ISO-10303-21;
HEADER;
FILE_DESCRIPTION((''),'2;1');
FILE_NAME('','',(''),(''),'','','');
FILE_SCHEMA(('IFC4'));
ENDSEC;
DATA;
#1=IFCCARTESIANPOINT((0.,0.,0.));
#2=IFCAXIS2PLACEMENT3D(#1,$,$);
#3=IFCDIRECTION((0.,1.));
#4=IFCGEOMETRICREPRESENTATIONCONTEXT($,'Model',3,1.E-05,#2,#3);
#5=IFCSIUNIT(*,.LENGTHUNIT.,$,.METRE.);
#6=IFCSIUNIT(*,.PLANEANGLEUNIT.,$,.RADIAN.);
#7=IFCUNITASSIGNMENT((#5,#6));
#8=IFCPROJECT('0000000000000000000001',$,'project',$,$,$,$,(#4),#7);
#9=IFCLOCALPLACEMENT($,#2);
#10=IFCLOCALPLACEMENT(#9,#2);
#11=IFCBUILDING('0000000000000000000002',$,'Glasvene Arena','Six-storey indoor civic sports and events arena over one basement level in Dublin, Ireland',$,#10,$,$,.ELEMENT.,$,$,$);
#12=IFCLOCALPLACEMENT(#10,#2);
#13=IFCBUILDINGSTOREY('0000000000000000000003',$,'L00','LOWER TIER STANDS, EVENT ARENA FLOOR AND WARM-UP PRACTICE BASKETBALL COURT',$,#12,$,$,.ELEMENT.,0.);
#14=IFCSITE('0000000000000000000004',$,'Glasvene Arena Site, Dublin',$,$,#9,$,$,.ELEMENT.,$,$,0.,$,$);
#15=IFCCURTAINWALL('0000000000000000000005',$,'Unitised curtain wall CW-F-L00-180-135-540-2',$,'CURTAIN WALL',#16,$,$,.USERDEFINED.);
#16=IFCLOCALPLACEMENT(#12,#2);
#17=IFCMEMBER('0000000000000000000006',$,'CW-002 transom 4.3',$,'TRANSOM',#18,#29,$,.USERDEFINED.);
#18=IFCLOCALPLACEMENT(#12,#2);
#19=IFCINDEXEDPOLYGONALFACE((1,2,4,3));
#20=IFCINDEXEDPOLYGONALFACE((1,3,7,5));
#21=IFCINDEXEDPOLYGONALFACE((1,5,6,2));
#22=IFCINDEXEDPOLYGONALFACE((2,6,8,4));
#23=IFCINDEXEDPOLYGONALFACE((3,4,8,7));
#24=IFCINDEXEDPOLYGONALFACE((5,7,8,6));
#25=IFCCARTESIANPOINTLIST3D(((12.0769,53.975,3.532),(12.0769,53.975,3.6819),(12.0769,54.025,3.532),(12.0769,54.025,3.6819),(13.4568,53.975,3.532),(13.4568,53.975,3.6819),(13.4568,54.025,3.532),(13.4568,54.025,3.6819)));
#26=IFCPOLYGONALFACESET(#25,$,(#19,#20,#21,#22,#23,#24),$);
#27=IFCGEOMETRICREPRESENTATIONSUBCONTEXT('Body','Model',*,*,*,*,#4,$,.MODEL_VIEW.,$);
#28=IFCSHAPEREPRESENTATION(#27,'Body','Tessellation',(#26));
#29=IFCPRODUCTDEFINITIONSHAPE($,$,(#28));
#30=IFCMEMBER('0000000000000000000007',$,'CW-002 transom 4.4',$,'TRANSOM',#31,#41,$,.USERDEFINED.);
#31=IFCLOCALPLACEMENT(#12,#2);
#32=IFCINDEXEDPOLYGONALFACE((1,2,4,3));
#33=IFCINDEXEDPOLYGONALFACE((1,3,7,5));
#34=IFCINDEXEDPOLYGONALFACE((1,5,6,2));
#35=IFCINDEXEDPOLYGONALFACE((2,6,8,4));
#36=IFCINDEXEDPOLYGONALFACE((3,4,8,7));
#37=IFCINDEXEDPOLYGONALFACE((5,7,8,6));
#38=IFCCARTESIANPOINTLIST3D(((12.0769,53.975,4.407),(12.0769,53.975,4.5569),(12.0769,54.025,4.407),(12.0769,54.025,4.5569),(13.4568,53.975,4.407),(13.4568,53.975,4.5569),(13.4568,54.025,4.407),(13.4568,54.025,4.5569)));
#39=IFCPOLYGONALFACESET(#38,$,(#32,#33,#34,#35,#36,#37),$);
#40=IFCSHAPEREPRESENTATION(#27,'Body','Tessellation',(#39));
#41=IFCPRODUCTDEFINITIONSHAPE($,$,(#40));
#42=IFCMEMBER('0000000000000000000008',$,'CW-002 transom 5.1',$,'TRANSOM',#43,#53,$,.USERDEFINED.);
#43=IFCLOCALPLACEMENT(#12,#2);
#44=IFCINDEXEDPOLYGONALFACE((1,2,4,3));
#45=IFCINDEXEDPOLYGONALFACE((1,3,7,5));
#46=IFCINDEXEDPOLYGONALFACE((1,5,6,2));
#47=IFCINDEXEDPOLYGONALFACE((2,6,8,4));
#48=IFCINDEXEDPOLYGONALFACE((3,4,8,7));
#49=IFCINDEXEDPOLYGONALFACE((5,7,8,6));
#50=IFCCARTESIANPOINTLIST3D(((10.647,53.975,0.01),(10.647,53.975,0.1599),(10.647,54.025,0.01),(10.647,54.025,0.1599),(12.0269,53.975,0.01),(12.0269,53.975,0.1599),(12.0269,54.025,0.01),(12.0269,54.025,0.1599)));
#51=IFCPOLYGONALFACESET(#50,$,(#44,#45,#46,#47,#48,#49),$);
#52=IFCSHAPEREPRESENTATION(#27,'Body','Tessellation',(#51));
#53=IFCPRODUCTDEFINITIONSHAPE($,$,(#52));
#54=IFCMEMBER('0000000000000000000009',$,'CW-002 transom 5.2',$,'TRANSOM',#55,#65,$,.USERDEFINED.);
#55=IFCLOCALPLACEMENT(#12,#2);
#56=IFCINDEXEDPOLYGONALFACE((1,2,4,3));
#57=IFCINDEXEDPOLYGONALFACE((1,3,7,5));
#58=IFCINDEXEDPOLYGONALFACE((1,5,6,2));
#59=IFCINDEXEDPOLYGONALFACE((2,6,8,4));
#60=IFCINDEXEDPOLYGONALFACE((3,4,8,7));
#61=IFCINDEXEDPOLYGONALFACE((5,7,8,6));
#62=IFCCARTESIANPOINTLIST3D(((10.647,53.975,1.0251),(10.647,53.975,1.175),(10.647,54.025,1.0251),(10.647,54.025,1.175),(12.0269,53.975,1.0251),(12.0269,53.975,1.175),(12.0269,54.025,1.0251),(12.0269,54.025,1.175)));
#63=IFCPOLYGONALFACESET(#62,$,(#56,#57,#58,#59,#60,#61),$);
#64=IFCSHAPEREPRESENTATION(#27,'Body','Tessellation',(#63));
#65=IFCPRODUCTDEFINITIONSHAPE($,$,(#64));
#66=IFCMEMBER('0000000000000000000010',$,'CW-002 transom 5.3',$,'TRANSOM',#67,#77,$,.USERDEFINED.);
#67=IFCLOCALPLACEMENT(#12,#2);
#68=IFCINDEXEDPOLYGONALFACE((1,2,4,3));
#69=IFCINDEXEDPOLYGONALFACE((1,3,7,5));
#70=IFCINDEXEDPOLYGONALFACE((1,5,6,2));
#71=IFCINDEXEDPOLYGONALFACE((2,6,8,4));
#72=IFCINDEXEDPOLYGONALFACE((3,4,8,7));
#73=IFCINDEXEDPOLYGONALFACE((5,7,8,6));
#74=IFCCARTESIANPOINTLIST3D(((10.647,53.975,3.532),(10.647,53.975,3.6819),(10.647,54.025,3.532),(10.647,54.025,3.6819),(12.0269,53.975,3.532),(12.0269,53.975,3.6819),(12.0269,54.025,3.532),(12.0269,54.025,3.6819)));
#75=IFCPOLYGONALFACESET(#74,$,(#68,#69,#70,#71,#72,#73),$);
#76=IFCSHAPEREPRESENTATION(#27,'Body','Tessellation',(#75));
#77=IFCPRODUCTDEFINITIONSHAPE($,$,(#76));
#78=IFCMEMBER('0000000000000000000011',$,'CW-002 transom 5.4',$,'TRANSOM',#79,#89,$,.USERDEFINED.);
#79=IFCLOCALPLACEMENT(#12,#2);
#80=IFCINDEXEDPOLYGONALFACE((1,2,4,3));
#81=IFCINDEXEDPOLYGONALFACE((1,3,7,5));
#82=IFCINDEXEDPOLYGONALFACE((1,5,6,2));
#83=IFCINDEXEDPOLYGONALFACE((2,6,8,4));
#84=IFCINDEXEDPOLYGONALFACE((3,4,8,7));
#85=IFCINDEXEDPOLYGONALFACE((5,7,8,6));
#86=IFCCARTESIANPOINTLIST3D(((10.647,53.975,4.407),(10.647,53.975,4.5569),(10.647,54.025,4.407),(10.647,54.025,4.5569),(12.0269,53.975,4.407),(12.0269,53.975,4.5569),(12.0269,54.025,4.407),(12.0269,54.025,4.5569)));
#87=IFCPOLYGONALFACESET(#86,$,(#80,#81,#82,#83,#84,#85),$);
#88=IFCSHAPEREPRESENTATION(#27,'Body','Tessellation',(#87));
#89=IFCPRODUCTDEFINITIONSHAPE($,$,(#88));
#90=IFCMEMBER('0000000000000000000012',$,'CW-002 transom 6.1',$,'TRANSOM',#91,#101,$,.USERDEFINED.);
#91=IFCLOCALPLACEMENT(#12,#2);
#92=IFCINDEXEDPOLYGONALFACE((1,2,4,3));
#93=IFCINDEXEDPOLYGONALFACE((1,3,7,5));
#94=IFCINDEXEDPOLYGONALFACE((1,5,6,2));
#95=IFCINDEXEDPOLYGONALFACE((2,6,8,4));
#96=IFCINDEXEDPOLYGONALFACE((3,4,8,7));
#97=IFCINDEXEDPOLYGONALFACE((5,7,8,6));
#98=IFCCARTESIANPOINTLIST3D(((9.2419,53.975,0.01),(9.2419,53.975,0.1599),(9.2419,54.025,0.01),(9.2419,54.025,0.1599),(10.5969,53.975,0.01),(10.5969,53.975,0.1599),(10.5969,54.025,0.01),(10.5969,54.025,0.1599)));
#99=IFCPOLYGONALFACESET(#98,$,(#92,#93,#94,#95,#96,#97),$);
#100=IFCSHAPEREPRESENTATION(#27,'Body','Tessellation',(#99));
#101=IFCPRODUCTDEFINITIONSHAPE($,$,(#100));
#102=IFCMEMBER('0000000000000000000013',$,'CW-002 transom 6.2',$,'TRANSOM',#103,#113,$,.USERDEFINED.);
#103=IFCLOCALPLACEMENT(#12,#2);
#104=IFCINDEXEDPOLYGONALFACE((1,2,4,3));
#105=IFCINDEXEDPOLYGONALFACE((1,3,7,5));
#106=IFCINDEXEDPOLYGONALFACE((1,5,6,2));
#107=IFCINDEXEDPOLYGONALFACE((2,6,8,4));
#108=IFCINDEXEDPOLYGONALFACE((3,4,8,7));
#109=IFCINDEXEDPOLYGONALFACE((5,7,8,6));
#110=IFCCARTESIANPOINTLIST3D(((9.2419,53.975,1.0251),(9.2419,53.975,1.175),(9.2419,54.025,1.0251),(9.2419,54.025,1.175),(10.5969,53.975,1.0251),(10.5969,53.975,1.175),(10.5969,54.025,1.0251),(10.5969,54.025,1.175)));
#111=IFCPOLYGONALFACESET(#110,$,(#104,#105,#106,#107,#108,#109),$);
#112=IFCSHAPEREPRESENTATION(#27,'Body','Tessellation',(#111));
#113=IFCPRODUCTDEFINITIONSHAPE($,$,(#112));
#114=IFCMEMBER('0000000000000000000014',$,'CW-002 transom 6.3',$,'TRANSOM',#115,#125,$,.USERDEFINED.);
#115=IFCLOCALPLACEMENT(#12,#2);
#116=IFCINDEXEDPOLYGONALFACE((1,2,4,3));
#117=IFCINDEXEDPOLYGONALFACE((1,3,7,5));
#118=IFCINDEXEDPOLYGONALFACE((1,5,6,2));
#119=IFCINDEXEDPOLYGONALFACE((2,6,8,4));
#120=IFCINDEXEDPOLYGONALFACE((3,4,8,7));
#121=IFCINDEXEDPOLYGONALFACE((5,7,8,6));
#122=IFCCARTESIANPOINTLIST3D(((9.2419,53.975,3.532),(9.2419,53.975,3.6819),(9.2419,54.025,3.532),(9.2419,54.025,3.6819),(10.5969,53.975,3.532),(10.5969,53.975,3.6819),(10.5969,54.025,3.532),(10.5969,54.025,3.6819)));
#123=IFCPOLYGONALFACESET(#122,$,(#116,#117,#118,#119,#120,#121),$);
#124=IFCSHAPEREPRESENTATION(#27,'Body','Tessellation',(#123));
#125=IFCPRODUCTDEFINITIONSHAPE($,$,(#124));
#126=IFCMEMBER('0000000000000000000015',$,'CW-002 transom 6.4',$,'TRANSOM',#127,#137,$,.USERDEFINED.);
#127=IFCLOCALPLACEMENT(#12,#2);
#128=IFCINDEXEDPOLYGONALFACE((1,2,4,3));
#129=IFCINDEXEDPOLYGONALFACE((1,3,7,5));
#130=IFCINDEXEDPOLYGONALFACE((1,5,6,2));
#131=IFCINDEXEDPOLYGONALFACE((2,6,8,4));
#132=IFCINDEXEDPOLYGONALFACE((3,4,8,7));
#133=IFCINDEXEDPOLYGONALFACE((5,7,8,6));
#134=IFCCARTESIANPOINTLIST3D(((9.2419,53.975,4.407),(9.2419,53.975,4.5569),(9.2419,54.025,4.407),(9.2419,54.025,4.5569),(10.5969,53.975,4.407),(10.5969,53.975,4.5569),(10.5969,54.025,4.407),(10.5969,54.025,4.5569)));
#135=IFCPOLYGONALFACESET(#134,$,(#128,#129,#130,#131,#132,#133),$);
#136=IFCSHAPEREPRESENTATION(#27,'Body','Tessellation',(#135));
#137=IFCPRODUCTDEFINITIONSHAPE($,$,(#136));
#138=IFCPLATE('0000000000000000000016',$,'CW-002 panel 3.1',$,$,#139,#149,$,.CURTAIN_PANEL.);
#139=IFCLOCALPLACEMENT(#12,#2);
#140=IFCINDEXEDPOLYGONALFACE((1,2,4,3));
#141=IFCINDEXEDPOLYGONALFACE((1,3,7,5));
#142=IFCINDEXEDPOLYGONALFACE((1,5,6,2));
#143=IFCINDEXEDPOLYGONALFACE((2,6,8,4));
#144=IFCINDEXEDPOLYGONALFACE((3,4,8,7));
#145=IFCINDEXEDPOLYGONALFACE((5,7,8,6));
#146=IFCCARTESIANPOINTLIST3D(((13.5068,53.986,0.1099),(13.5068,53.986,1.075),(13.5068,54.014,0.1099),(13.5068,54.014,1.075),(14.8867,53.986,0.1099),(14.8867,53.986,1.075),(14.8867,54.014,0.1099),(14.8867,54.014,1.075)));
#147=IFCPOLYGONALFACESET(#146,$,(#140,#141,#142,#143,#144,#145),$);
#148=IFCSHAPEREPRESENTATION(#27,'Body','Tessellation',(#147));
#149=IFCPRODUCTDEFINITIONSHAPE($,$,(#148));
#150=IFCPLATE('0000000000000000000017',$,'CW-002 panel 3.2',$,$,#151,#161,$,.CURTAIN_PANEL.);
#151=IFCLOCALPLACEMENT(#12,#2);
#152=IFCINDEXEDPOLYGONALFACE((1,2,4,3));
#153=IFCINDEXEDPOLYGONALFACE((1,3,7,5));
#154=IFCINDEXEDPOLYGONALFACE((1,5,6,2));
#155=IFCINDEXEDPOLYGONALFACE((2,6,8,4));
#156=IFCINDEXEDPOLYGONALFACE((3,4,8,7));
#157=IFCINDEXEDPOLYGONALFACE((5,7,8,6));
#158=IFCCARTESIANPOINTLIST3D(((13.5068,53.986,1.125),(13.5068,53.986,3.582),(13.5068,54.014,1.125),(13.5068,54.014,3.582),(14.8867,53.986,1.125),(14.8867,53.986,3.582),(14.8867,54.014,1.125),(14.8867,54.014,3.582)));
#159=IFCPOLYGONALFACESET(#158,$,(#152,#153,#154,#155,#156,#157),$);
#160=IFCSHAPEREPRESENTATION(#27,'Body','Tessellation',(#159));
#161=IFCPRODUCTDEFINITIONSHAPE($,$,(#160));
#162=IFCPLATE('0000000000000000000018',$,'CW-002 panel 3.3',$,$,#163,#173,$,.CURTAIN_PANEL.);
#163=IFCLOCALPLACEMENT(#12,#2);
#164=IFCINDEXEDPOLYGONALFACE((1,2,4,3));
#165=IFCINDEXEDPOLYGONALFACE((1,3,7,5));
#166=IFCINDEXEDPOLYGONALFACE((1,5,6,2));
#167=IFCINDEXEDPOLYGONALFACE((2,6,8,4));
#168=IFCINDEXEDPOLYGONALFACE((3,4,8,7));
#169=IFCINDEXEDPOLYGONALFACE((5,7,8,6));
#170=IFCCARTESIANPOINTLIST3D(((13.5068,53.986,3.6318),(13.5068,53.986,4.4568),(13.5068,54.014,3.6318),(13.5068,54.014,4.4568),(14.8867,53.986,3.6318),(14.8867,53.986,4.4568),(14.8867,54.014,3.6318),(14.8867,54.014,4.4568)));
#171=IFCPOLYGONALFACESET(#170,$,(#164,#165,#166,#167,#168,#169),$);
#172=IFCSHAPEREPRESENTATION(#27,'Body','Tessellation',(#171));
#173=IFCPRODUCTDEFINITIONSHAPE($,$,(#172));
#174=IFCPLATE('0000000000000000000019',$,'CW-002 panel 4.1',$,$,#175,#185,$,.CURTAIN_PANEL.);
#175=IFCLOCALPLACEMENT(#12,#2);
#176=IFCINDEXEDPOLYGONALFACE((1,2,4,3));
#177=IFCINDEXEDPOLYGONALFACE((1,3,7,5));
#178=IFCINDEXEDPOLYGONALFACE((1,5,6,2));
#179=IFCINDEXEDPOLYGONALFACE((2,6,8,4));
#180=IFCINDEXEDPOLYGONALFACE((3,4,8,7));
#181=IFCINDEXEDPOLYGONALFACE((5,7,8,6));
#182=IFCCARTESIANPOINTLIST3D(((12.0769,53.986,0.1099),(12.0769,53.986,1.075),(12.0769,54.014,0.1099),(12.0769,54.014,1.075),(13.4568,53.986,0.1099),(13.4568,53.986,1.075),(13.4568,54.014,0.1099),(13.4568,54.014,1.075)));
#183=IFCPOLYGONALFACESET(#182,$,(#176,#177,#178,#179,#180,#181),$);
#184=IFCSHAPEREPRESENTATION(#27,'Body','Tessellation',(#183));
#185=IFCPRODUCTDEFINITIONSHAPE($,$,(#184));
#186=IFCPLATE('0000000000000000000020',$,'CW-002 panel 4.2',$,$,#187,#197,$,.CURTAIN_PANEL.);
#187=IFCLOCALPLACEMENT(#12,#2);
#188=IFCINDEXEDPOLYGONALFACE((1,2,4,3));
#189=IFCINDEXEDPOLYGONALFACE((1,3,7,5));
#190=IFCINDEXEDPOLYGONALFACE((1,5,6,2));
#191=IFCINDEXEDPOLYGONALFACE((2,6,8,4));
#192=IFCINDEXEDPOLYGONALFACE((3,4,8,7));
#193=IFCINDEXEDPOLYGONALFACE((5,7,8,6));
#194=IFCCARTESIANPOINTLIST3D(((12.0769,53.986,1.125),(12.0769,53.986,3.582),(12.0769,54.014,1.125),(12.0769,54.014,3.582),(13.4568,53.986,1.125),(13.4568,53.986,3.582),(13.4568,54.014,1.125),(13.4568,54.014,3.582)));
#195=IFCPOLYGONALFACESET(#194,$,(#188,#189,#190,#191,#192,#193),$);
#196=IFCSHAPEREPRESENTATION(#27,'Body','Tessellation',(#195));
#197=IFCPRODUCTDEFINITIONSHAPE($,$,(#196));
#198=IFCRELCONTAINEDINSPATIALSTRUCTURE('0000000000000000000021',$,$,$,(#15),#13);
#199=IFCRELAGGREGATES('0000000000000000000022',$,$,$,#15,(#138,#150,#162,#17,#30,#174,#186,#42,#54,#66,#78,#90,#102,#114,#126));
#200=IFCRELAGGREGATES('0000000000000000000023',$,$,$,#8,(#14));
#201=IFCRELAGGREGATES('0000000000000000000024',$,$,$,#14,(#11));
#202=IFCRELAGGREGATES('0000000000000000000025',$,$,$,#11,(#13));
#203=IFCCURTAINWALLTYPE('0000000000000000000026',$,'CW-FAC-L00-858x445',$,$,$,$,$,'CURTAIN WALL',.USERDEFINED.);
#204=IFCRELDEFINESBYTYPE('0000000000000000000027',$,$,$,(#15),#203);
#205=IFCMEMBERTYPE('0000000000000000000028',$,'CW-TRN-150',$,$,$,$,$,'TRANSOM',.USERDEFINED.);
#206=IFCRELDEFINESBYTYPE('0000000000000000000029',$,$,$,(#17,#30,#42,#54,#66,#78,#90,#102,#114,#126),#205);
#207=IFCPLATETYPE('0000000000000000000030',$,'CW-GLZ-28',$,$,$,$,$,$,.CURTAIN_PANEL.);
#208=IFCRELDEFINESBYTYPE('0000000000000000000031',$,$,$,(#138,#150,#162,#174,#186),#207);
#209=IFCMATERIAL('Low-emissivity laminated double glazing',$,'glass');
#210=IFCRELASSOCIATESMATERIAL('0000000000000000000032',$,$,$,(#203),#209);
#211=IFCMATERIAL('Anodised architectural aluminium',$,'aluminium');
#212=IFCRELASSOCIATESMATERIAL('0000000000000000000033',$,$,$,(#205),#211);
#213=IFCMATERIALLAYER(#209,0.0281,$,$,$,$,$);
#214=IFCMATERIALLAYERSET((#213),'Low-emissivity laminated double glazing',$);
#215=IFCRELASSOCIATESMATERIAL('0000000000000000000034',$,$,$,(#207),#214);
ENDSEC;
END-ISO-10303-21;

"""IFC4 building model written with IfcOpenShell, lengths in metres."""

from ifc_helpers import new_model, si_unit, direction, frame, origin, origin_2d, place, context, subcontext, project, spatial, rectangle, extrude, material, layer, layer_set, material_profile, profile_set, type_object, element, aggregate, save


model = new_model("IFC4")

# Units and contexts
model_context = context("Model", 3, precision=1e-05, world=origin(), true_north=direction((0.0, 1.0)))
body_context = subcontext(model_context, "Body", "Model", "MODEL_VIEW")
ifc_project = project(units=[si_unit("LENGTHUNIT", "METRE"), si_unit("PLANEANGLEUNIT", "RADIAN")], contexts=[model_context])

# Site, building, storey
site_placement = place(None, origin())
site = spatial("IfcSite", under=ifc_project, at=site_placement, Name="Glasvene Arena Site, Dublin", CompositionType="ELEMENT", RefElevation=0.0)
building_placement = place(site_placement, origin())
building = spatial("IfcBuilding", under=site, at=building_placement, Name="Glasvene Arena", Description="Six-storey indoor civic sports and events arena over one basement level in Dublin, Ireland", CompositionType="ELEMENT")
storey_placement = place(building_placement, origin())
storey = spatial("IfcBuildingStorey", under=building, at=storey_placement, Name="L00", Description="LOWER TIER STANDS, EVENT ARENA FLOOR AND WARM-UP PRACTICE BASKETBALL COURT", CompositionType="ELEMENT", Elevation=0.0)

# Curtain wall, members, plates
ifc_material_1 = material(Name="Low-emissivity laminated double glazing", Category="glass")
curtain_wall_type = type_object("IfcCurtainWallType", Name="CW-FAC-L00-858x445", ElementType="CURTAIN WALL", PredefinedType="USERDEFINED", material=ifc_material_1)
curtain_wall_placement = place(storey_placement, frame((17.7717, 54.0, 0.0)))
curtain_wall = element("IfcCurtainWall", 1, at=curtain_wall_placement, inside=storey, type_object=curtain_wall_type, Name="Unitised curtain wall CW-F-L00-180-135-540-2", ObjectType="CURTAIN WALL", PredefinedType="USERDEFINED")
ifc_material_2 = material(Name="Anodised architectural aluminium", Category="aluminium")
ifc_material_profile_1 = material_profile(ifc_material_2, rectangle(XDim=0.05, YDim=0.1499, at=origin_2d()), Name="ALU TRANSOM 50x150")
ifc_profile_set_1 = profile_set([ifc_material_profile_1], Name="Anodised architectural aluminium")
member_type_1 = type_object("IfcMemberType", Name="CW-TRN-150", ElementType="TRANSOM", PredefinedType="USERDEFINED", material=ifc_profile_set_1)
member_1_placement = place(storey_placement, frame((13.4568, 54.0, 3.6069), z_axis=(-1.0, 0.0, 0.0), x_axis=(0.0, -1.0, 0.0)))
member_1 = element("IfcMember", 2, at=member_1_placement, type_object=member_type_1, Name="CW-002 transom 4.3", ObjectType="TRANSOM", PredefinedType="USERDEFINED", context=body_context, shape_type="SweptSolid", body=[
    extrude(rectangle(XDim=0.05, YDim=0.1499, at=origin_2d()), origin(), (0.0, 0.0, 1.0), 1.3799),
])
member_2_placement = place(storey_placement, frame((13.4568, 54.0, 4.4819), z_axis=(-1.0, 0.0, 0.0), x_axis=(0.0, -1.0, 0.0)))
member_2 = element("IfcMember", 3, at=member_2_placement, type_object=member_type_1, Name="CW-002 transom 4.4", ObjectType="TRANSOM", PredefinedType="USERDEFINED", context=body_context, shape_type="SweptSolid", body=[
    extrude(rectangle(XDim=0.05, YDim=0.1499, at=origin_2d()), origin(), (0.0, 0.0, 1.0), 1.3799),
])
member_3_placement = place(storey_placement, frame((12.0269, 54.0, 0.085), z_axis=(-1.0, 0.0, 0.0), x_axis=(0.0, -1.0, 0.0)))
member_3 = element("IfcMember", 4, at=member_3_placement, type_object=member_type_1, Name="CW-002 transom 5.1", ObjectType="TRANSOM", PredefinedType="USERDEFINED", context=body_context, shape_type="SweptSolid", body=[
    extrude(rectangle(XDim=0.05, YDim=0.1499, at=origin_2d()), origin(), (0.0, 0.0, 1.0), 1.3799),
])
member_4_placement = place(storey_placement, frame((12.0269, 54.0, 1.1001), z_axis=(-1.0, 0.0, 0.0), x_axis=(0.0, -1.0, 0.0)))
member_4 = element("IfcMember", 5, at=member_4_placement, type_object=member_type_1, Name="CW-002 transom 5.2", ObjectType="TRANSOM", PredefinedType="USERDEFINED", context=body_context, shape_type="SweptSolid", body=[
    extrude(rectangle(XDim=0.05, YDim=0.1499, at=origin_2d()), origin(), (0.0, 0.0, 1.0), 1.3799),
])
member_5_placement = place(storey_placement, frame((12.0269, 54.0, 3.6069), z_axis=(-1.0, 0.0, 0.0), x_axis=(0.0, -1.0, 0.0)))
member_5 = element("IfcMember", 6, at=member_5_placement, type_object=member_type_1, Name="CW-002 transom 5.3", ObjectType="TRANSOM", PredefinedType="USERDEFINED", context=body_context, shape_type="SweptSolid", body=[
    extrude(rectangle(XDim=0.05, YDim=0.1499, at=origin_2d()), origin(), (0.0, 0.0, 1.0), 1.3799),
])
member_6_placement = place(storey_placement, frame((12.0269, 54.0, 4.4819), z_axis=(-1.0, 0.0, 0.0), x_axis=(0.0, -1.0, 0.0)))
member_6 = element("IfcMember", 7, at=member_6_placement, type_object=member_type_1, Name="CW-002 transom 5.4", ObjectType="TRANSOM", PredefinedType="USERDEFINED", context=body_context, shape_type="SweptSolid", body=[
    extrude(rectangle(XDim=0.05, YDim=0.1499, at=origin_2d()), origin(), (0.0, 0.0, 1.0), 1.3799),
])
member_7_placement = place(storey_placement, frame((10.5969, 54.0, 0.085), z_axis=(-1.0, 0.0, 0.0), x_axis=(0.0, -1.0, 0.0)))
member_7 = element("IfcMember", 8, at=member_7_placement, type_object=member_type_1, Name="CW-002 transom 6.1", ObjectType="TRANSOM", PredefinedType="USERDEFINED", context=body_context, shape_type="SweptSolid", body=[
    extrude(rectangle(XDim=0.05, YDim=0.1499, at=origin_2d()), origin(), (0.0, 0.0, 1.0), 1.355),
])
member_8_placement = place(storey_placement, frame((10.5969, 54.0, 1.1001), z_axis=(-1.0, 0.0, 0.0), x_axis=(0.0, -1.0, 0.0)))
member_8 = element("IfcMember", 9, at=member_8_placement, type_object=member_type_1, Name="CW-002 transom 6.2", ObjectType="TRANSOM", PredefinedType="USERDEFINED", context=body_context, shape_type="SweptSolid", body=[
    extrude(rectangle(XDim=0.05, YDim=0.1499, at=origin_2d()), origin(), (0.0, 0.0, 1.0), 1.355),
])
member_9_placement = place(storey_placement, frame((10.5969, 54.0, 3.6069), z_axis=(-1.0, 0.0, 0.0), x_axis=(0.0, -1.0, 0.0)))
member_9 = element("IfcMember", 10, at=member_9_placement, type_object=member_type_1, Name="CW-002 transom 6.3", ObjectType="TRANSOM", PredefinedType="USERDEFINED", context=body_context, shape_type="SweptSolid", body=[
    extrude(rectangle(XDim=0.05, YDim=0.1499, at=origin_2d()), origin(), (0.0, 0.0, 1.0), 1.355),
])
member_10_placement = place(storey_placement, frame((10.5969, 54.0, 4.4819), z_axis=(-1.0, 0.0, 0.0), x_axis=(0.0, -1.0, 0.0)))
member_10 = element("IfcMember", 11, at=member_10_placement, type_object=member_type_1, Name="CW-002 transom 6.4", ObjectType="TRANSOM", PredefinedType="USERDEFINED", context=body_context, shape_type="SweptSolid", body=[
    extrude(rectangle(XDim=0.05, YDim=0.1499, at=origin_2d()), origin(), (0.0, 0.0, 1.0), 1.355),
])
ifc_layer = layer(ifc_material_1, 0.0281)
ifc_layer_set = layer_set([ifc_layer], Name="Low-emissivity laminated double glazing")
plate_type = type_object("IfcPlateType", Name="CW-GLZ-28", PredefinedType="CURTAIN_PANEL", material=ifc_layer_set)
plate_1_placement = place(storey_placement, frame((14.1968, 54.0, 0.1099), z_axis=(0.0, 0.0, 1.0), x_axis=(-1.0, 0.0, 0.0)))
plate_1 = element("IfcPlate", 12, at=plate_1_placement, type_object=plate_type, Name="CW-002 panel 3.1", PredefinedType="CURTAIN_PANEL", context=body_context, shape_type="SweptSolid", body=[
    extrude(rectangle(XDim=1.3799, YDim=0.0281, at=origin_2d()), origin(), (0.0, 0.0, 1.0), 0.9651),
])
plate_2_placement = place(storey_placement, frame((14.1968, 54.0, 1.125), z_axis=(0.0, 0.0, 1.0), x_axis=(-1.0, 0.0, 0.0)))
plate_2 = element("IfcPlate", 13, at=plate_2_placement, type_object=plate_type, Name="CW-002 panel 3.2", PredefinedType="CURTAIN_PANEL", context=body_context, shape_type="SweptSolid", body=[
    extrude(rectangle(XDim=1.3799, YDim=0.0281, at=origin_2d()), origin(), (0.0, 0.0, 1.0), 2.457),
])
plate_3_placement = place(storey_placement, frame((14.1968, 54.0, 3.6318), z_axis=(0.0, 0.0, 1.0), x_axis=(-1.0, 0.0, 0.0)))
plate_3 = element("IfcPlate", 14, at=plate_3_placement, type_object=plate_type, Name="CW-002 panel 3.3", PredefinedType="CURTAIN_PANEL", context=body_context, shape_type="SweptSolid", body=[
    extrude(rectangle(XDim=1.3799, YDim=0.0281, at=origin_2d()), origin(), (0.0, 0.0, 1.0), 0.825),
])
plate_4_placement = place(storey_placement, frame((12.7668, 54.0, 0.1099), z_axis=(0.0, 0.0, 1.0), x_axis=(-1.0, 0.0, 0.0)))
plate_4 = element("IfcPlate", 15, at=plate_4_placement, type_object=plate_type, Name="CW-002 panel 4.1", PredefinedType="CURTAIN_PANEL", context=body_context, shape_type="SweptSolid", body=[
    extrude(rectangle(XDim=1.3799, YDim=0.0281, at=origin_2d()), origin(), (0.0, 0.0, 1.0), 0.9651),
])
plate_5_placement = place(storey_placement, frame((12.7668, 54.0, 1.125), z_axis=(0.0, 0.0, 1.0), x_axis=(-1.0, 0.0, 0.0)))
plate_5 = element("IfcPlate", 16, at=plate_5_placement, type_object=plate_type, Name="CW-002 panel 4.2", PredefinedType="CURTAIN_PANEL", context=body_context, shape_type="SweptSolid", body=[
    extrude(rectangle(XDim=1.3799, YDim=0.0281, at=origin_2d()), origin(), (0.0, 0.0, 1.0), 2.457),
])
aggregate(curtain_wall, [plate_1, plate_2, plate_3, member_1, member_2, plate_4, plate_5, member_3, member_4, member_5, member_6, member_7, member_8, member_9, member_10])

save(model, "model.ifc")
